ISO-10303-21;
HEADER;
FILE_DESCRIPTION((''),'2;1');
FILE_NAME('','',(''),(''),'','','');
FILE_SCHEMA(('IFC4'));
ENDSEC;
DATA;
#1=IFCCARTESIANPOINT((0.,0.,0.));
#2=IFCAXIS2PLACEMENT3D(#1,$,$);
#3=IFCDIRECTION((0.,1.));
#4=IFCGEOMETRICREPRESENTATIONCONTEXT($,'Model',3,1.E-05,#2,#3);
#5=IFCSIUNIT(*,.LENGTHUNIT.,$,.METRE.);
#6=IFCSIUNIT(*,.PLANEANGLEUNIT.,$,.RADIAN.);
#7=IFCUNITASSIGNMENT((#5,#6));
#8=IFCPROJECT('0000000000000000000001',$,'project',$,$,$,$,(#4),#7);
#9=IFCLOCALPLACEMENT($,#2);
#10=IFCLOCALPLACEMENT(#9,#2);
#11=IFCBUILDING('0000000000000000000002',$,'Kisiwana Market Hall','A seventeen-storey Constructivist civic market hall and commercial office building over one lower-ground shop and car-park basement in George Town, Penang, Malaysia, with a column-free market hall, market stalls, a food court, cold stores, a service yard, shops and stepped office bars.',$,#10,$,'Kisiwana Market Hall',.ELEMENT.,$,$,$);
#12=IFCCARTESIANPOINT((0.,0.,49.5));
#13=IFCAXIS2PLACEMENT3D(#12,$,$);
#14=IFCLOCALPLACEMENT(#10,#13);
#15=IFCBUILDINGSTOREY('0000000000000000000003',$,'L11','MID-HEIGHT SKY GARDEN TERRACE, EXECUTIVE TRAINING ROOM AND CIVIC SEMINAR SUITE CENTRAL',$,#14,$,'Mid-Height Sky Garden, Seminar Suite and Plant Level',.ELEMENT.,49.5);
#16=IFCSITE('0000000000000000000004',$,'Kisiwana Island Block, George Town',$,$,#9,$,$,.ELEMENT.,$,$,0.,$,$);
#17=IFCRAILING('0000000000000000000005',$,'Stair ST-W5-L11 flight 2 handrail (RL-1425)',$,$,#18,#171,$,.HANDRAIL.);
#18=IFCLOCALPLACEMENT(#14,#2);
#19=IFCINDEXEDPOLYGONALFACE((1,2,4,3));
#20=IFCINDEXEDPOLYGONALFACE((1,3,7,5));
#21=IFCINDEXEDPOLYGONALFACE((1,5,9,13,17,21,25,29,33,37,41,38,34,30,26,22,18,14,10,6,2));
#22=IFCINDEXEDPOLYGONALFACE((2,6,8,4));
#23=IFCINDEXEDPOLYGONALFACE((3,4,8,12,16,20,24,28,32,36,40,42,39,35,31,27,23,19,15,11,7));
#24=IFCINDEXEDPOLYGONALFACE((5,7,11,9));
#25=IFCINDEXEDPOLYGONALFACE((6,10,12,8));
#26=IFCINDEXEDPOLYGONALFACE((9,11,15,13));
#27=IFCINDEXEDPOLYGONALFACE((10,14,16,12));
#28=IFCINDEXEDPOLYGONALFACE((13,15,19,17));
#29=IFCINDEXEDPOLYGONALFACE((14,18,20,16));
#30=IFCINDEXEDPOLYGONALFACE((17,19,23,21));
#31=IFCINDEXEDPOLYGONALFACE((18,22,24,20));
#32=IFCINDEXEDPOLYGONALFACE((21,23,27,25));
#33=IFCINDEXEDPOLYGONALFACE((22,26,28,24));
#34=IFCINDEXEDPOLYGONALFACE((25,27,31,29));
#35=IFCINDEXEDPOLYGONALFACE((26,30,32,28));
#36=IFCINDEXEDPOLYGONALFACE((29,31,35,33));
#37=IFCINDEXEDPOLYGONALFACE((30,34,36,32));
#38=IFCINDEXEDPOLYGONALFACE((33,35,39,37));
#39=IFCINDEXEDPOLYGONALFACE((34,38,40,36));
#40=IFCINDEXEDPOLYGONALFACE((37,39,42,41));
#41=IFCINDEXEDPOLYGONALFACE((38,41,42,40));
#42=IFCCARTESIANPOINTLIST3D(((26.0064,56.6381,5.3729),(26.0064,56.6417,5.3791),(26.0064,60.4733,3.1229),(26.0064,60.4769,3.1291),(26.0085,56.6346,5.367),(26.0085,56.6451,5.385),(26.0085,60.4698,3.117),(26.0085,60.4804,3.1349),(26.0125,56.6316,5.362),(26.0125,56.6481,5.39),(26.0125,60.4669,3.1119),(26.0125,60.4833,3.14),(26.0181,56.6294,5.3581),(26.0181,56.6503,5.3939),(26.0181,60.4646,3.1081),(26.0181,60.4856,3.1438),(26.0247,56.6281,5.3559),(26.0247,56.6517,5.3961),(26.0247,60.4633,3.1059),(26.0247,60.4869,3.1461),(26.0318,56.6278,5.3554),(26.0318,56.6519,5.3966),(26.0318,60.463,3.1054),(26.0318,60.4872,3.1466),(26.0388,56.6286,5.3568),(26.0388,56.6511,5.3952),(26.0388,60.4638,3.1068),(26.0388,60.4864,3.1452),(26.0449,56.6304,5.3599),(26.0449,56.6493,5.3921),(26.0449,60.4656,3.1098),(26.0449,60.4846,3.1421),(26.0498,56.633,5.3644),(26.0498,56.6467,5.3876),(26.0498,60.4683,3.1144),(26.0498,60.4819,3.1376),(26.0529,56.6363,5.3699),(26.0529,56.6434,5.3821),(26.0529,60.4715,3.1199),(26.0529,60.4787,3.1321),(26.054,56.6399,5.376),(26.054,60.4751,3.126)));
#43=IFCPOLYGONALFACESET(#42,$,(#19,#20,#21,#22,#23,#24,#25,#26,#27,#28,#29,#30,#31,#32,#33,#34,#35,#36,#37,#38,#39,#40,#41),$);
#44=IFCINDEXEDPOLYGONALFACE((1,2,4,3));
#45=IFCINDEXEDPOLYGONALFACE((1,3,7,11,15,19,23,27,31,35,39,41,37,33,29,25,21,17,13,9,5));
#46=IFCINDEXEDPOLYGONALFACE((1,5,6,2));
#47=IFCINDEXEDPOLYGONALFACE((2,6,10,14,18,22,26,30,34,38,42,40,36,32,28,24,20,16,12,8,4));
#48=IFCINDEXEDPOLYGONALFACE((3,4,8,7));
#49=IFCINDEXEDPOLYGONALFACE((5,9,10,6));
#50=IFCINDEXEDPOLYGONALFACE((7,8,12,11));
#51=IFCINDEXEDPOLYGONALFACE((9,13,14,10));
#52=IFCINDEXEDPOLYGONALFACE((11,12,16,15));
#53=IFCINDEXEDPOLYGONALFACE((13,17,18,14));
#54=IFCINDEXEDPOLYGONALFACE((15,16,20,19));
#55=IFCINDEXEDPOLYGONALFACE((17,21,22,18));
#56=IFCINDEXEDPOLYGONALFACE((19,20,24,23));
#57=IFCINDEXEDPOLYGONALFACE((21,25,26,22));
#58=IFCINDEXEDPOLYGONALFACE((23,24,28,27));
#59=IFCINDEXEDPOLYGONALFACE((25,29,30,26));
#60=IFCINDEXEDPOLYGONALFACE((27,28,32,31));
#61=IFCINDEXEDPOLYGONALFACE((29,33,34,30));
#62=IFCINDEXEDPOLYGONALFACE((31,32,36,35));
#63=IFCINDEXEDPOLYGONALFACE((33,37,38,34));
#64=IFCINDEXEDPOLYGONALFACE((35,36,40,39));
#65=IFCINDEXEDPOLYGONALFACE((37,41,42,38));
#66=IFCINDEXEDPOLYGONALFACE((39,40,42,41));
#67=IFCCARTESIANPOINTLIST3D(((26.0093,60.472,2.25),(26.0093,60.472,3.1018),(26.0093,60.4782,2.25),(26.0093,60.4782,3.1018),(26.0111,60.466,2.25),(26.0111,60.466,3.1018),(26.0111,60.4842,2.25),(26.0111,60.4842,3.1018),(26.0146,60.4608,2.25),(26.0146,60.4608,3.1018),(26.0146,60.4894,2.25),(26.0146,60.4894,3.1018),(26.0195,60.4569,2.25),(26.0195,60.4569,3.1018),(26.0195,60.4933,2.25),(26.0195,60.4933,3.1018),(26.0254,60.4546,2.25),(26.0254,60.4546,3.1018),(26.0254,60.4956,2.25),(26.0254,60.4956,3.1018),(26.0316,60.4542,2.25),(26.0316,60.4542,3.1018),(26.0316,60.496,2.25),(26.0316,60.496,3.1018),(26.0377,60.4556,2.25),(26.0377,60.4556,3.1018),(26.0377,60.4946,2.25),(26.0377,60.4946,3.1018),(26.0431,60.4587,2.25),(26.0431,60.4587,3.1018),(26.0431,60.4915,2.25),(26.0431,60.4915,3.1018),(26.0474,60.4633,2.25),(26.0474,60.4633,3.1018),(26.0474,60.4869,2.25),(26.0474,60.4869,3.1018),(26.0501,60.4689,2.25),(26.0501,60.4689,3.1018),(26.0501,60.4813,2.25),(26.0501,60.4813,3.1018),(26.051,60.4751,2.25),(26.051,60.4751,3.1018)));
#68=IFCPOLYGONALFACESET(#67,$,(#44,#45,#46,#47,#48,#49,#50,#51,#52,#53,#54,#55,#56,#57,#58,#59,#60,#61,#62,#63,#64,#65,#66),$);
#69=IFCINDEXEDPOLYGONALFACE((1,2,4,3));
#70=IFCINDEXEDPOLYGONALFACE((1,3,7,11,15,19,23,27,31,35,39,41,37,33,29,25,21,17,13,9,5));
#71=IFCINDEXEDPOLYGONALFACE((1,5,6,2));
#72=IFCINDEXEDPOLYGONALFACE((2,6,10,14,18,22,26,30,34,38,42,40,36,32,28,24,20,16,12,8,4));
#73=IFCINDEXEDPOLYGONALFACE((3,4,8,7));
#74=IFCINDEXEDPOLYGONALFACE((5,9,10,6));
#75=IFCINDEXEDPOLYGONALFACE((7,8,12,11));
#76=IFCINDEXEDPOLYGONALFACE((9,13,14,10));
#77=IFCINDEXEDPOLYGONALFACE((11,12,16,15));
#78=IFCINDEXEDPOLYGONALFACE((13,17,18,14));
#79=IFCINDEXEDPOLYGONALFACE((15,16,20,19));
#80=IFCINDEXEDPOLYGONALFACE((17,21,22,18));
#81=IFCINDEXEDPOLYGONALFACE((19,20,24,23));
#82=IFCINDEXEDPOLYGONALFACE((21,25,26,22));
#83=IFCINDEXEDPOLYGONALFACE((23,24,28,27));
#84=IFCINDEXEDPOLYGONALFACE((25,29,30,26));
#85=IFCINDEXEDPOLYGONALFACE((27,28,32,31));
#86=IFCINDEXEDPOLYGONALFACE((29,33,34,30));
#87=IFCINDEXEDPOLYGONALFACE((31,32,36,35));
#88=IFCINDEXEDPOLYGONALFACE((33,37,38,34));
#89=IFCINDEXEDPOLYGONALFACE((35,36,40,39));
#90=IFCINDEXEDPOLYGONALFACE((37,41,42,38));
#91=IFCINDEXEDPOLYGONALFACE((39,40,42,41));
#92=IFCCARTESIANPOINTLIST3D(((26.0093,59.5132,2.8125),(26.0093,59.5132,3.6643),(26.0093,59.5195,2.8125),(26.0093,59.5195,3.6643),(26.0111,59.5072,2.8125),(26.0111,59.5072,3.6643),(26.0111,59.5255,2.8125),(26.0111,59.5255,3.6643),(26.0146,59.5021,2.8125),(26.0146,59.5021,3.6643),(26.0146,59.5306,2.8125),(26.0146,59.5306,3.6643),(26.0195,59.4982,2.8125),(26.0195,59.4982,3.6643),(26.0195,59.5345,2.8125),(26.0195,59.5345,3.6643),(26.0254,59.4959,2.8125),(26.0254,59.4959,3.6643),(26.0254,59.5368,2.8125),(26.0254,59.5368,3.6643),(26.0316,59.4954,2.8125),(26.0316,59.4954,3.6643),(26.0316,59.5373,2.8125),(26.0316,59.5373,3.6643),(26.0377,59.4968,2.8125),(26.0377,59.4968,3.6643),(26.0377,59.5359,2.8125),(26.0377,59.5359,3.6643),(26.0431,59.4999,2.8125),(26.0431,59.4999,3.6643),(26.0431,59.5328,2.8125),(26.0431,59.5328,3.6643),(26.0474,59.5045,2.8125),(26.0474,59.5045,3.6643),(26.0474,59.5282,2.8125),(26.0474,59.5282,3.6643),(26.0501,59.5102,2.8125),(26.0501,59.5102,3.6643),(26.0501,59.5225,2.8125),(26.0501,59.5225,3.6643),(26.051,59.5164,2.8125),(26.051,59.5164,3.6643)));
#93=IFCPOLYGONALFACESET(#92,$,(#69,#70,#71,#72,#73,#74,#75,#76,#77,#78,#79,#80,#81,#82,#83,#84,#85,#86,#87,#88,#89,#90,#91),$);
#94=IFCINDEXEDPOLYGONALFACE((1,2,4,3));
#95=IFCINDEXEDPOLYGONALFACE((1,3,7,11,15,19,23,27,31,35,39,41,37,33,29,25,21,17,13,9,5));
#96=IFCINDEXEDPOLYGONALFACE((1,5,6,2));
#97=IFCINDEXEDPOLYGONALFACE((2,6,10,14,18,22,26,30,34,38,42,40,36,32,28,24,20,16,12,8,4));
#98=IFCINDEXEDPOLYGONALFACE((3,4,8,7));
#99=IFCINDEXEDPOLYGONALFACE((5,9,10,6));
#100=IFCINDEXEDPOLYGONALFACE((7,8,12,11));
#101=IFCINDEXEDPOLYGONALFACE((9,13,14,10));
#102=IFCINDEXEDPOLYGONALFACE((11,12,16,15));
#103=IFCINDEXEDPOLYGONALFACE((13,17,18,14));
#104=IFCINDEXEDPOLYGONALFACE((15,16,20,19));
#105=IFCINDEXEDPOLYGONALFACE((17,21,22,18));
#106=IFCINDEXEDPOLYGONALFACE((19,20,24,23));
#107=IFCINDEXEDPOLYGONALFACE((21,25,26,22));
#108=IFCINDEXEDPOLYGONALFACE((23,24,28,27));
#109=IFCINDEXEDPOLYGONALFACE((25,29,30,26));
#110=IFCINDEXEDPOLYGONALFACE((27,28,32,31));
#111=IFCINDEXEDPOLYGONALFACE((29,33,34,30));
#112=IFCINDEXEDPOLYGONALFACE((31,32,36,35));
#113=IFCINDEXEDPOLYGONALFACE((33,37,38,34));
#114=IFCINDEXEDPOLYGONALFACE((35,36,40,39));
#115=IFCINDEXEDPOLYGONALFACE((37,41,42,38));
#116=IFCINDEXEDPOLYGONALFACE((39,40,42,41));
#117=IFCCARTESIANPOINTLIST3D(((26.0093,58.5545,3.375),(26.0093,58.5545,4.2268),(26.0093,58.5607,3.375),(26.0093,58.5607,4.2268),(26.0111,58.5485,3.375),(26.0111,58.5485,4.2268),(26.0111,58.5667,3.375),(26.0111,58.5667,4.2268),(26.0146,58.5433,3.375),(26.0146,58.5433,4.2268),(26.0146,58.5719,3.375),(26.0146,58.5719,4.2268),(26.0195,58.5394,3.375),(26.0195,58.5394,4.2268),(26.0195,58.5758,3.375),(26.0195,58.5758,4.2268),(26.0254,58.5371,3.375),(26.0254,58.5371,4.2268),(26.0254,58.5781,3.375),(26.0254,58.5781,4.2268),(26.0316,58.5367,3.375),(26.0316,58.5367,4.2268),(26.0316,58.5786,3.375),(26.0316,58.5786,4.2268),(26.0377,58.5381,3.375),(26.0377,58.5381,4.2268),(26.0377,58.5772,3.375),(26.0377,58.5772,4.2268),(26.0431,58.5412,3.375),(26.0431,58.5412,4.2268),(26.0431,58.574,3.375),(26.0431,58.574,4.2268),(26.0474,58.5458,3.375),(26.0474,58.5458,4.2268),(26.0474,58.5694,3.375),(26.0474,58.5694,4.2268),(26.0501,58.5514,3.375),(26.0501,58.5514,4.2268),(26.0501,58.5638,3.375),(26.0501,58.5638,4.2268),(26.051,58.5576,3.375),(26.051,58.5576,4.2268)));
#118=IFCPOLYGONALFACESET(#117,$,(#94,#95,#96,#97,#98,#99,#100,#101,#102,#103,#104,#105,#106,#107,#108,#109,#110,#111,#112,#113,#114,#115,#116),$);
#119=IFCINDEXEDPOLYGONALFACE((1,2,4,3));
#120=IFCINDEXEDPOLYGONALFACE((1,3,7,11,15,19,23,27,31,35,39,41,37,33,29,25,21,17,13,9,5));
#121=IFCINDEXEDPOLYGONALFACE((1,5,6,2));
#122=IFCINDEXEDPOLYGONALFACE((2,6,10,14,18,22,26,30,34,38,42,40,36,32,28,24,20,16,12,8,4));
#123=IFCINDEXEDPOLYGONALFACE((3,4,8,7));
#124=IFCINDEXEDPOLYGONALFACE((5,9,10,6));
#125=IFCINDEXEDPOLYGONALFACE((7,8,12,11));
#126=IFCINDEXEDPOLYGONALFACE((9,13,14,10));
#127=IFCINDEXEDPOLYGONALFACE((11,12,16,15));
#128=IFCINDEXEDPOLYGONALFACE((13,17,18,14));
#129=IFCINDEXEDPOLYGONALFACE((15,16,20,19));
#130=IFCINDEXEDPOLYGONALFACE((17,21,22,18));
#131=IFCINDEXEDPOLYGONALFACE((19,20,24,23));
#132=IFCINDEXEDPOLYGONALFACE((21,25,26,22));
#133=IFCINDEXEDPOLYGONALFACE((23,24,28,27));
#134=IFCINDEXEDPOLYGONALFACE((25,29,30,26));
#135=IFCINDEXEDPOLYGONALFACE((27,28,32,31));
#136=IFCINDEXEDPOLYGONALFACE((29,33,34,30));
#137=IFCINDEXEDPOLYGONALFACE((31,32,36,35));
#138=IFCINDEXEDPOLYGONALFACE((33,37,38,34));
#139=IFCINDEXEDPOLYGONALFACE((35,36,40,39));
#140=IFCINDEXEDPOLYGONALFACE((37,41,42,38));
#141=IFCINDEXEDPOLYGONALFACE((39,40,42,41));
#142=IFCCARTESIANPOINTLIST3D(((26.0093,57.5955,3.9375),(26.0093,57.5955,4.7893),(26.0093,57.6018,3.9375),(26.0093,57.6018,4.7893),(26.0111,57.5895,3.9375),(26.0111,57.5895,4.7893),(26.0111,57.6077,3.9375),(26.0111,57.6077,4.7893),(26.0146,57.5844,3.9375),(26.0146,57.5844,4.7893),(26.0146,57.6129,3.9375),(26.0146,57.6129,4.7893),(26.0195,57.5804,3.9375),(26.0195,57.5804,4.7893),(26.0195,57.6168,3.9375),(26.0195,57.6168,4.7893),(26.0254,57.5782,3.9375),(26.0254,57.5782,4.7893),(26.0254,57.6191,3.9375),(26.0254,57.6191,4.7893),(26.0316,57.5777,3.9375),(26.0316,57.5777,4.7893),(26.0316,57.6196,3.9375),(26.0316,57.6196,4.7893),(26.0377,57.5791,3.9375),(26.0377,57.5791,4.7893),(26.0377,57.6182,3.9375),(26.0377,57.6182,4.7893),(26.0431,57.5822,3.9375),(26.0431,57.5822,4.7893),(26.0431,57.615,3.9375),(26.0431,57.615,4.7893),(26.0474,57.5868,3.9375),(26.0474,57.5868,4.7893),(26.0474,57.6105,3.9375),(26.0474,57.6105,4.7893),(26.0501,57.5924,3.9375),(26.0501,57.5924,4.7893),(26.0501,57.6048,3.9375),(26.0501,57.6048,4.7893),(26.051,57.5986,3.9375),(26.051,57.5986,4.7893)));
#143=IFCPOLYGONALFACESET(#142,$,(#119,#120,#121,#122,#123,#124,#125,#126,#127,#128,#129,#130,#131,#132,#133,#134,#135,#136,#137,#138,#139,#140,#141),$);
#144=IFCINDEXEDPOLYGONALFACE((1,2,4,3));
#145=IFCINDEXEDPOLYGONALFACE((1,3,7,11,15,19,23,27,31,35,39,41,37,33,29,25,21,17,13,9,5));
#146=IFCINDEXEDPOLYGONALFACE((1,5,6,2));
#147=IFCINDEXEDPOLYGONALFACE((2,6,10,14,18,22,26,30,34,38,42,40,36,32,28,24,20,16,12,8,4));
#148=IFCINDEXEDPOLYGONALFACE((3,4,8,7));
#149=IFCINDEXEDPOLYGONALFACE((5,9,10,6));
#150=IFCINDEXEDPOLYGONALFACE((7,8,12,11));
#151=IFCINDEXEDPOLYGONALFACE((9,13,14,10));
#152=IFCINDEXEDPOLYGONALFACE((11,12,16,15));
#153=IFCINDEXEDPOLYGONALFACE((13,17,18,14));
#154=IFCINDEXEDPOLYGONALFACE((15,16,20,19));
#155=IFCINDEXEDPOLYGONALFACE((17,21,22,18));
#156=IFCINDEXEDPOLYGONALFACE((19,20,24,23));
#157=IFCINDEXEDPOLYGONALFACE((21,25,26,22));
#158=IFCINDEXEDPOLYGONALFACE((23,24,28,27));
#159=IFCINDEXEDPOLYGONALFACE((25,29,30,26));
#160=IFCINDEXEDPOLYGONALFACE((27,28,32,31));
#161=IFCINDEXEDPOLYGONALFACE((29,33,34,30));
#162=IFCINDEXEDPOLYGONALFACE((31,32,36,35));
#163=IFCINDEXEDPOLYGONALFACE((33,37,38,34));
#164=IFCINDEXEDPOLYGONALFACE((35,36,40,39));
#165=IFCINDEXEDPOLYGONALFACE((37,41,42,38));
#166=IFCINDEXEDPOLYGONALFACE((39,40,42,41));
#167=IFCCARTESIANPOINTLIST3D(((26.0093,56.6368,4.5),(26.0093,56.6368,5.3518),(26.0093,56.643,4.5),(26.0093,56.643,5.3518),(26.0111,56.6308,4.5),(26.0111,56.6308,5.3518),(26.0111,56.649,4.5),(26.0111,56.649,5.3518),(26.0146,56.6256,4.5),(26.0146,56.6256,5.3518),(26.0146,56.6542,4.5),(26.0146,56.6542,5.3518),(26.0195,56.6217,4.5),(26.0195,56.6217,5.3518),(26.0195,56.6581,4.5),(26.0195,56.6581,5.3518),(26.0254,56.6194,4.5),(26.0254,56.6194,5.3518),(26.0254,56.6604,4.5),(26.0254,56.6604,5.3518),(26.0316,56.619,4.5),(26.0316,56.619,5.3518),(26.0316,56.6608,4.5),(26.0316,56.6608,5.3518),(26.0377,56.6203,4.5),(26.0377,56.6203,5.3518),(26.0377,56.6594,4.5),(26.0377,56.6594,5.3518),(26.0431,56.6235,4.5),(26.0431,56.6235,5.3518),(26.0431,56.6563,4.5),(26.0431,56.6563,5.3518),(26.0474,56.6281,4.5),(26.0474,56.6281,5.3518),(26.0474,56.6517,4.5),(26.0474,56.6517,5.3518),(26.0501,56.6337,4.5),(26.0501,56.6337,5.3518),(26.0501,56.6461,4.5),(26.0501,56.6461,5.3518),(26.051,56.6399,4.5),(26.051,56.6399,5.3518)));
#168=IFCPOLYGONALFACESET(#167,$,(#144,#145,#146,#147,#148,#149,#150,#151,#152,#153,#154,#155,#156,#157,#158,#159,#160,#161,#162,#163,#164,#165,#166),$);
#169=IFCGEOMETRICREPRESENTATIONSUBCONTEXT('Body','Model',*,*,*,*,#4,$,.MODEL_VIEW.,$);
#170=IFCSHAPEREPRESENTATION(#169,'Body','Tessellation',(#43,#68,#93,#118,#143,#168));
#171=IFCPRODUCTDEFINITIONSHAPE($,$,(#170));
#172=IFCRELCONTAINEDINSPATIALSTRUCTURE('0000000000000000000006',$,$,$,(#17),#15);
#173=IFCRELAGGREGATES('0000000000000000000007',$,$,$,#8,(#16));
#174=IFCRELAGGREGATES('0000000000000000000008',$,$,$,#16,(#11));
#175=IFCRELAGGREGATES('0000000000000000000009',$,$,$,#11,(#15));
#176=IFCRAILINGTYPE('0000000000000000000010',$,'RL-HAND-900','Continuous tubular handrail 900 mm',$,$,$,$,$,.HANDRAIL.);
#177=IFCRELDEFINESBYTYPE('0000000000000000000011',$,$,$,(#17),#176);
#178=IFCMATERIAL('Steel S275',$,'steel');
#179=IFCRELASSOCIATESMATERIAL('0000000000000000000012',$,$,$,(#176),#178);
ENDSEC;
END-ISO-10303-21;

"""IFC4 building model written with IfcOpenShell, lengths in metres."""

from ifc_helpers import new_model, si_unit, direction, frame, origin, origin_2d, place, context, subcontext, project, spatial, circle, extrude, material, type_object, element, save


model = new_model("IFC4")

# Units and contexts
model_context = context("Model", 3, precision=1e-05, world=origin(), true_north=direction((0.0, 1.0)))
body_context = subcontext(model_context, "Body", "Model", "MODEL_VIEW")
ifc_project = project(units=[si_unit("LENGTHUNIT", "METRE"), si_unit("PLANEANGLEUNIT", "RADIAN")], contexts=[model_context])

# Site, building, storey
site_placement = place(None, origin())
site = spatial("IfcSite", under=ifc_project, at=site_placement, Name="Kisiwana Island Block, George Town", CompositionType="ELEMENT", RefElevation=0.0)
building_placement = place(site_placement, origin())
building = spatial("IfcBuilding", under=site, at=building_placement, Name="Kisiwana Market Hall", Description="A seventeen-storey Constructivist civic market hall and commercial office building over one lower-ground shop and car-park basement in George Town, Penang, Malaysia, with a column-free market hall, market stalls, a food court, cold stores, a service yard, shops and stepped office bars.", LongName="Kisiwana Market Hall", CompositionType="ELEMENT")
storey_placement = place(building_placement, frame((0.0, 0.0, 49.5)))
storey = spatial("IfcBuildingStorey", under=building, at=storey_placement, Name="L11", Description="MID-HEIGHT SKY GARDEN TERRACE, EXECUTIVE TRAINING ROOM AND CIVIC SEMINAR SUITE CENTRAL", LongName="Mid-Height Sky Garden, Seminar Suite and Plant Level", CompositionType="ELEMENT", Elevation=49.5)

# Railing
ifc_material_1 = material(Name="Steel S275", Category="steel")
railing_type_1 = type_object("IfcRailingType", Name="RL-HAND-900", Description="Continuous tubular handrail 900 mm", PredefinedType="HANDRAIL", material=ifc_material_1)
railing_1_placement = place(storey_placement, frame((26.03, 60.4751, 2.25)))
element("IfcRailing", 1, at=railing_1_placement, inside=storey, type_object=railing_type_1, Name="Stair ST-W5-L11 flight 2 handrail (RL-1425)", PredefinedType="HANDRAIL", context=body_context, shape_type="SweptSolid", body=[
    extrude(circle(Radius=0.0239, at=origin_2d()), frame((0.0, 0.0, 0.876), z_axis=(0.0, -0.862524, 0.506017), x_axis=(1.0, 0.0, 0.0)), (0.0, 0.0, 1.0), 4.4465),
    extrude(circle(Radius=0.021, at=origin_2d()), origin(), (0.0, 0.0, 1.0), 0.8518),
    extrude(circle(Radius=0.021, at=origin_2d()), frame((0.0, -0.9587, 0.5625)), (0.0, 0.0, 1.0), 0.8518),
    extrude(circle(Radius=0.021, at=origin_2d()), frame((0.0, -1.9175, 1.125)), (0.0, 0.0, 1.0), 0.8518),
    extrude(circle(Radius=0.021, at=origin_2d()), frame((0.0, -2.8765, 1.6875)), (0.0, 0.0, 1.0), 0.8518),
    extrude(circle(Radius=0.021, at=origin_2d()), frame((0.0, -3.8352, 2.25)), (0.0, 0.0, 1.0), 0.8518),
])

save(model, "model.ifc")
